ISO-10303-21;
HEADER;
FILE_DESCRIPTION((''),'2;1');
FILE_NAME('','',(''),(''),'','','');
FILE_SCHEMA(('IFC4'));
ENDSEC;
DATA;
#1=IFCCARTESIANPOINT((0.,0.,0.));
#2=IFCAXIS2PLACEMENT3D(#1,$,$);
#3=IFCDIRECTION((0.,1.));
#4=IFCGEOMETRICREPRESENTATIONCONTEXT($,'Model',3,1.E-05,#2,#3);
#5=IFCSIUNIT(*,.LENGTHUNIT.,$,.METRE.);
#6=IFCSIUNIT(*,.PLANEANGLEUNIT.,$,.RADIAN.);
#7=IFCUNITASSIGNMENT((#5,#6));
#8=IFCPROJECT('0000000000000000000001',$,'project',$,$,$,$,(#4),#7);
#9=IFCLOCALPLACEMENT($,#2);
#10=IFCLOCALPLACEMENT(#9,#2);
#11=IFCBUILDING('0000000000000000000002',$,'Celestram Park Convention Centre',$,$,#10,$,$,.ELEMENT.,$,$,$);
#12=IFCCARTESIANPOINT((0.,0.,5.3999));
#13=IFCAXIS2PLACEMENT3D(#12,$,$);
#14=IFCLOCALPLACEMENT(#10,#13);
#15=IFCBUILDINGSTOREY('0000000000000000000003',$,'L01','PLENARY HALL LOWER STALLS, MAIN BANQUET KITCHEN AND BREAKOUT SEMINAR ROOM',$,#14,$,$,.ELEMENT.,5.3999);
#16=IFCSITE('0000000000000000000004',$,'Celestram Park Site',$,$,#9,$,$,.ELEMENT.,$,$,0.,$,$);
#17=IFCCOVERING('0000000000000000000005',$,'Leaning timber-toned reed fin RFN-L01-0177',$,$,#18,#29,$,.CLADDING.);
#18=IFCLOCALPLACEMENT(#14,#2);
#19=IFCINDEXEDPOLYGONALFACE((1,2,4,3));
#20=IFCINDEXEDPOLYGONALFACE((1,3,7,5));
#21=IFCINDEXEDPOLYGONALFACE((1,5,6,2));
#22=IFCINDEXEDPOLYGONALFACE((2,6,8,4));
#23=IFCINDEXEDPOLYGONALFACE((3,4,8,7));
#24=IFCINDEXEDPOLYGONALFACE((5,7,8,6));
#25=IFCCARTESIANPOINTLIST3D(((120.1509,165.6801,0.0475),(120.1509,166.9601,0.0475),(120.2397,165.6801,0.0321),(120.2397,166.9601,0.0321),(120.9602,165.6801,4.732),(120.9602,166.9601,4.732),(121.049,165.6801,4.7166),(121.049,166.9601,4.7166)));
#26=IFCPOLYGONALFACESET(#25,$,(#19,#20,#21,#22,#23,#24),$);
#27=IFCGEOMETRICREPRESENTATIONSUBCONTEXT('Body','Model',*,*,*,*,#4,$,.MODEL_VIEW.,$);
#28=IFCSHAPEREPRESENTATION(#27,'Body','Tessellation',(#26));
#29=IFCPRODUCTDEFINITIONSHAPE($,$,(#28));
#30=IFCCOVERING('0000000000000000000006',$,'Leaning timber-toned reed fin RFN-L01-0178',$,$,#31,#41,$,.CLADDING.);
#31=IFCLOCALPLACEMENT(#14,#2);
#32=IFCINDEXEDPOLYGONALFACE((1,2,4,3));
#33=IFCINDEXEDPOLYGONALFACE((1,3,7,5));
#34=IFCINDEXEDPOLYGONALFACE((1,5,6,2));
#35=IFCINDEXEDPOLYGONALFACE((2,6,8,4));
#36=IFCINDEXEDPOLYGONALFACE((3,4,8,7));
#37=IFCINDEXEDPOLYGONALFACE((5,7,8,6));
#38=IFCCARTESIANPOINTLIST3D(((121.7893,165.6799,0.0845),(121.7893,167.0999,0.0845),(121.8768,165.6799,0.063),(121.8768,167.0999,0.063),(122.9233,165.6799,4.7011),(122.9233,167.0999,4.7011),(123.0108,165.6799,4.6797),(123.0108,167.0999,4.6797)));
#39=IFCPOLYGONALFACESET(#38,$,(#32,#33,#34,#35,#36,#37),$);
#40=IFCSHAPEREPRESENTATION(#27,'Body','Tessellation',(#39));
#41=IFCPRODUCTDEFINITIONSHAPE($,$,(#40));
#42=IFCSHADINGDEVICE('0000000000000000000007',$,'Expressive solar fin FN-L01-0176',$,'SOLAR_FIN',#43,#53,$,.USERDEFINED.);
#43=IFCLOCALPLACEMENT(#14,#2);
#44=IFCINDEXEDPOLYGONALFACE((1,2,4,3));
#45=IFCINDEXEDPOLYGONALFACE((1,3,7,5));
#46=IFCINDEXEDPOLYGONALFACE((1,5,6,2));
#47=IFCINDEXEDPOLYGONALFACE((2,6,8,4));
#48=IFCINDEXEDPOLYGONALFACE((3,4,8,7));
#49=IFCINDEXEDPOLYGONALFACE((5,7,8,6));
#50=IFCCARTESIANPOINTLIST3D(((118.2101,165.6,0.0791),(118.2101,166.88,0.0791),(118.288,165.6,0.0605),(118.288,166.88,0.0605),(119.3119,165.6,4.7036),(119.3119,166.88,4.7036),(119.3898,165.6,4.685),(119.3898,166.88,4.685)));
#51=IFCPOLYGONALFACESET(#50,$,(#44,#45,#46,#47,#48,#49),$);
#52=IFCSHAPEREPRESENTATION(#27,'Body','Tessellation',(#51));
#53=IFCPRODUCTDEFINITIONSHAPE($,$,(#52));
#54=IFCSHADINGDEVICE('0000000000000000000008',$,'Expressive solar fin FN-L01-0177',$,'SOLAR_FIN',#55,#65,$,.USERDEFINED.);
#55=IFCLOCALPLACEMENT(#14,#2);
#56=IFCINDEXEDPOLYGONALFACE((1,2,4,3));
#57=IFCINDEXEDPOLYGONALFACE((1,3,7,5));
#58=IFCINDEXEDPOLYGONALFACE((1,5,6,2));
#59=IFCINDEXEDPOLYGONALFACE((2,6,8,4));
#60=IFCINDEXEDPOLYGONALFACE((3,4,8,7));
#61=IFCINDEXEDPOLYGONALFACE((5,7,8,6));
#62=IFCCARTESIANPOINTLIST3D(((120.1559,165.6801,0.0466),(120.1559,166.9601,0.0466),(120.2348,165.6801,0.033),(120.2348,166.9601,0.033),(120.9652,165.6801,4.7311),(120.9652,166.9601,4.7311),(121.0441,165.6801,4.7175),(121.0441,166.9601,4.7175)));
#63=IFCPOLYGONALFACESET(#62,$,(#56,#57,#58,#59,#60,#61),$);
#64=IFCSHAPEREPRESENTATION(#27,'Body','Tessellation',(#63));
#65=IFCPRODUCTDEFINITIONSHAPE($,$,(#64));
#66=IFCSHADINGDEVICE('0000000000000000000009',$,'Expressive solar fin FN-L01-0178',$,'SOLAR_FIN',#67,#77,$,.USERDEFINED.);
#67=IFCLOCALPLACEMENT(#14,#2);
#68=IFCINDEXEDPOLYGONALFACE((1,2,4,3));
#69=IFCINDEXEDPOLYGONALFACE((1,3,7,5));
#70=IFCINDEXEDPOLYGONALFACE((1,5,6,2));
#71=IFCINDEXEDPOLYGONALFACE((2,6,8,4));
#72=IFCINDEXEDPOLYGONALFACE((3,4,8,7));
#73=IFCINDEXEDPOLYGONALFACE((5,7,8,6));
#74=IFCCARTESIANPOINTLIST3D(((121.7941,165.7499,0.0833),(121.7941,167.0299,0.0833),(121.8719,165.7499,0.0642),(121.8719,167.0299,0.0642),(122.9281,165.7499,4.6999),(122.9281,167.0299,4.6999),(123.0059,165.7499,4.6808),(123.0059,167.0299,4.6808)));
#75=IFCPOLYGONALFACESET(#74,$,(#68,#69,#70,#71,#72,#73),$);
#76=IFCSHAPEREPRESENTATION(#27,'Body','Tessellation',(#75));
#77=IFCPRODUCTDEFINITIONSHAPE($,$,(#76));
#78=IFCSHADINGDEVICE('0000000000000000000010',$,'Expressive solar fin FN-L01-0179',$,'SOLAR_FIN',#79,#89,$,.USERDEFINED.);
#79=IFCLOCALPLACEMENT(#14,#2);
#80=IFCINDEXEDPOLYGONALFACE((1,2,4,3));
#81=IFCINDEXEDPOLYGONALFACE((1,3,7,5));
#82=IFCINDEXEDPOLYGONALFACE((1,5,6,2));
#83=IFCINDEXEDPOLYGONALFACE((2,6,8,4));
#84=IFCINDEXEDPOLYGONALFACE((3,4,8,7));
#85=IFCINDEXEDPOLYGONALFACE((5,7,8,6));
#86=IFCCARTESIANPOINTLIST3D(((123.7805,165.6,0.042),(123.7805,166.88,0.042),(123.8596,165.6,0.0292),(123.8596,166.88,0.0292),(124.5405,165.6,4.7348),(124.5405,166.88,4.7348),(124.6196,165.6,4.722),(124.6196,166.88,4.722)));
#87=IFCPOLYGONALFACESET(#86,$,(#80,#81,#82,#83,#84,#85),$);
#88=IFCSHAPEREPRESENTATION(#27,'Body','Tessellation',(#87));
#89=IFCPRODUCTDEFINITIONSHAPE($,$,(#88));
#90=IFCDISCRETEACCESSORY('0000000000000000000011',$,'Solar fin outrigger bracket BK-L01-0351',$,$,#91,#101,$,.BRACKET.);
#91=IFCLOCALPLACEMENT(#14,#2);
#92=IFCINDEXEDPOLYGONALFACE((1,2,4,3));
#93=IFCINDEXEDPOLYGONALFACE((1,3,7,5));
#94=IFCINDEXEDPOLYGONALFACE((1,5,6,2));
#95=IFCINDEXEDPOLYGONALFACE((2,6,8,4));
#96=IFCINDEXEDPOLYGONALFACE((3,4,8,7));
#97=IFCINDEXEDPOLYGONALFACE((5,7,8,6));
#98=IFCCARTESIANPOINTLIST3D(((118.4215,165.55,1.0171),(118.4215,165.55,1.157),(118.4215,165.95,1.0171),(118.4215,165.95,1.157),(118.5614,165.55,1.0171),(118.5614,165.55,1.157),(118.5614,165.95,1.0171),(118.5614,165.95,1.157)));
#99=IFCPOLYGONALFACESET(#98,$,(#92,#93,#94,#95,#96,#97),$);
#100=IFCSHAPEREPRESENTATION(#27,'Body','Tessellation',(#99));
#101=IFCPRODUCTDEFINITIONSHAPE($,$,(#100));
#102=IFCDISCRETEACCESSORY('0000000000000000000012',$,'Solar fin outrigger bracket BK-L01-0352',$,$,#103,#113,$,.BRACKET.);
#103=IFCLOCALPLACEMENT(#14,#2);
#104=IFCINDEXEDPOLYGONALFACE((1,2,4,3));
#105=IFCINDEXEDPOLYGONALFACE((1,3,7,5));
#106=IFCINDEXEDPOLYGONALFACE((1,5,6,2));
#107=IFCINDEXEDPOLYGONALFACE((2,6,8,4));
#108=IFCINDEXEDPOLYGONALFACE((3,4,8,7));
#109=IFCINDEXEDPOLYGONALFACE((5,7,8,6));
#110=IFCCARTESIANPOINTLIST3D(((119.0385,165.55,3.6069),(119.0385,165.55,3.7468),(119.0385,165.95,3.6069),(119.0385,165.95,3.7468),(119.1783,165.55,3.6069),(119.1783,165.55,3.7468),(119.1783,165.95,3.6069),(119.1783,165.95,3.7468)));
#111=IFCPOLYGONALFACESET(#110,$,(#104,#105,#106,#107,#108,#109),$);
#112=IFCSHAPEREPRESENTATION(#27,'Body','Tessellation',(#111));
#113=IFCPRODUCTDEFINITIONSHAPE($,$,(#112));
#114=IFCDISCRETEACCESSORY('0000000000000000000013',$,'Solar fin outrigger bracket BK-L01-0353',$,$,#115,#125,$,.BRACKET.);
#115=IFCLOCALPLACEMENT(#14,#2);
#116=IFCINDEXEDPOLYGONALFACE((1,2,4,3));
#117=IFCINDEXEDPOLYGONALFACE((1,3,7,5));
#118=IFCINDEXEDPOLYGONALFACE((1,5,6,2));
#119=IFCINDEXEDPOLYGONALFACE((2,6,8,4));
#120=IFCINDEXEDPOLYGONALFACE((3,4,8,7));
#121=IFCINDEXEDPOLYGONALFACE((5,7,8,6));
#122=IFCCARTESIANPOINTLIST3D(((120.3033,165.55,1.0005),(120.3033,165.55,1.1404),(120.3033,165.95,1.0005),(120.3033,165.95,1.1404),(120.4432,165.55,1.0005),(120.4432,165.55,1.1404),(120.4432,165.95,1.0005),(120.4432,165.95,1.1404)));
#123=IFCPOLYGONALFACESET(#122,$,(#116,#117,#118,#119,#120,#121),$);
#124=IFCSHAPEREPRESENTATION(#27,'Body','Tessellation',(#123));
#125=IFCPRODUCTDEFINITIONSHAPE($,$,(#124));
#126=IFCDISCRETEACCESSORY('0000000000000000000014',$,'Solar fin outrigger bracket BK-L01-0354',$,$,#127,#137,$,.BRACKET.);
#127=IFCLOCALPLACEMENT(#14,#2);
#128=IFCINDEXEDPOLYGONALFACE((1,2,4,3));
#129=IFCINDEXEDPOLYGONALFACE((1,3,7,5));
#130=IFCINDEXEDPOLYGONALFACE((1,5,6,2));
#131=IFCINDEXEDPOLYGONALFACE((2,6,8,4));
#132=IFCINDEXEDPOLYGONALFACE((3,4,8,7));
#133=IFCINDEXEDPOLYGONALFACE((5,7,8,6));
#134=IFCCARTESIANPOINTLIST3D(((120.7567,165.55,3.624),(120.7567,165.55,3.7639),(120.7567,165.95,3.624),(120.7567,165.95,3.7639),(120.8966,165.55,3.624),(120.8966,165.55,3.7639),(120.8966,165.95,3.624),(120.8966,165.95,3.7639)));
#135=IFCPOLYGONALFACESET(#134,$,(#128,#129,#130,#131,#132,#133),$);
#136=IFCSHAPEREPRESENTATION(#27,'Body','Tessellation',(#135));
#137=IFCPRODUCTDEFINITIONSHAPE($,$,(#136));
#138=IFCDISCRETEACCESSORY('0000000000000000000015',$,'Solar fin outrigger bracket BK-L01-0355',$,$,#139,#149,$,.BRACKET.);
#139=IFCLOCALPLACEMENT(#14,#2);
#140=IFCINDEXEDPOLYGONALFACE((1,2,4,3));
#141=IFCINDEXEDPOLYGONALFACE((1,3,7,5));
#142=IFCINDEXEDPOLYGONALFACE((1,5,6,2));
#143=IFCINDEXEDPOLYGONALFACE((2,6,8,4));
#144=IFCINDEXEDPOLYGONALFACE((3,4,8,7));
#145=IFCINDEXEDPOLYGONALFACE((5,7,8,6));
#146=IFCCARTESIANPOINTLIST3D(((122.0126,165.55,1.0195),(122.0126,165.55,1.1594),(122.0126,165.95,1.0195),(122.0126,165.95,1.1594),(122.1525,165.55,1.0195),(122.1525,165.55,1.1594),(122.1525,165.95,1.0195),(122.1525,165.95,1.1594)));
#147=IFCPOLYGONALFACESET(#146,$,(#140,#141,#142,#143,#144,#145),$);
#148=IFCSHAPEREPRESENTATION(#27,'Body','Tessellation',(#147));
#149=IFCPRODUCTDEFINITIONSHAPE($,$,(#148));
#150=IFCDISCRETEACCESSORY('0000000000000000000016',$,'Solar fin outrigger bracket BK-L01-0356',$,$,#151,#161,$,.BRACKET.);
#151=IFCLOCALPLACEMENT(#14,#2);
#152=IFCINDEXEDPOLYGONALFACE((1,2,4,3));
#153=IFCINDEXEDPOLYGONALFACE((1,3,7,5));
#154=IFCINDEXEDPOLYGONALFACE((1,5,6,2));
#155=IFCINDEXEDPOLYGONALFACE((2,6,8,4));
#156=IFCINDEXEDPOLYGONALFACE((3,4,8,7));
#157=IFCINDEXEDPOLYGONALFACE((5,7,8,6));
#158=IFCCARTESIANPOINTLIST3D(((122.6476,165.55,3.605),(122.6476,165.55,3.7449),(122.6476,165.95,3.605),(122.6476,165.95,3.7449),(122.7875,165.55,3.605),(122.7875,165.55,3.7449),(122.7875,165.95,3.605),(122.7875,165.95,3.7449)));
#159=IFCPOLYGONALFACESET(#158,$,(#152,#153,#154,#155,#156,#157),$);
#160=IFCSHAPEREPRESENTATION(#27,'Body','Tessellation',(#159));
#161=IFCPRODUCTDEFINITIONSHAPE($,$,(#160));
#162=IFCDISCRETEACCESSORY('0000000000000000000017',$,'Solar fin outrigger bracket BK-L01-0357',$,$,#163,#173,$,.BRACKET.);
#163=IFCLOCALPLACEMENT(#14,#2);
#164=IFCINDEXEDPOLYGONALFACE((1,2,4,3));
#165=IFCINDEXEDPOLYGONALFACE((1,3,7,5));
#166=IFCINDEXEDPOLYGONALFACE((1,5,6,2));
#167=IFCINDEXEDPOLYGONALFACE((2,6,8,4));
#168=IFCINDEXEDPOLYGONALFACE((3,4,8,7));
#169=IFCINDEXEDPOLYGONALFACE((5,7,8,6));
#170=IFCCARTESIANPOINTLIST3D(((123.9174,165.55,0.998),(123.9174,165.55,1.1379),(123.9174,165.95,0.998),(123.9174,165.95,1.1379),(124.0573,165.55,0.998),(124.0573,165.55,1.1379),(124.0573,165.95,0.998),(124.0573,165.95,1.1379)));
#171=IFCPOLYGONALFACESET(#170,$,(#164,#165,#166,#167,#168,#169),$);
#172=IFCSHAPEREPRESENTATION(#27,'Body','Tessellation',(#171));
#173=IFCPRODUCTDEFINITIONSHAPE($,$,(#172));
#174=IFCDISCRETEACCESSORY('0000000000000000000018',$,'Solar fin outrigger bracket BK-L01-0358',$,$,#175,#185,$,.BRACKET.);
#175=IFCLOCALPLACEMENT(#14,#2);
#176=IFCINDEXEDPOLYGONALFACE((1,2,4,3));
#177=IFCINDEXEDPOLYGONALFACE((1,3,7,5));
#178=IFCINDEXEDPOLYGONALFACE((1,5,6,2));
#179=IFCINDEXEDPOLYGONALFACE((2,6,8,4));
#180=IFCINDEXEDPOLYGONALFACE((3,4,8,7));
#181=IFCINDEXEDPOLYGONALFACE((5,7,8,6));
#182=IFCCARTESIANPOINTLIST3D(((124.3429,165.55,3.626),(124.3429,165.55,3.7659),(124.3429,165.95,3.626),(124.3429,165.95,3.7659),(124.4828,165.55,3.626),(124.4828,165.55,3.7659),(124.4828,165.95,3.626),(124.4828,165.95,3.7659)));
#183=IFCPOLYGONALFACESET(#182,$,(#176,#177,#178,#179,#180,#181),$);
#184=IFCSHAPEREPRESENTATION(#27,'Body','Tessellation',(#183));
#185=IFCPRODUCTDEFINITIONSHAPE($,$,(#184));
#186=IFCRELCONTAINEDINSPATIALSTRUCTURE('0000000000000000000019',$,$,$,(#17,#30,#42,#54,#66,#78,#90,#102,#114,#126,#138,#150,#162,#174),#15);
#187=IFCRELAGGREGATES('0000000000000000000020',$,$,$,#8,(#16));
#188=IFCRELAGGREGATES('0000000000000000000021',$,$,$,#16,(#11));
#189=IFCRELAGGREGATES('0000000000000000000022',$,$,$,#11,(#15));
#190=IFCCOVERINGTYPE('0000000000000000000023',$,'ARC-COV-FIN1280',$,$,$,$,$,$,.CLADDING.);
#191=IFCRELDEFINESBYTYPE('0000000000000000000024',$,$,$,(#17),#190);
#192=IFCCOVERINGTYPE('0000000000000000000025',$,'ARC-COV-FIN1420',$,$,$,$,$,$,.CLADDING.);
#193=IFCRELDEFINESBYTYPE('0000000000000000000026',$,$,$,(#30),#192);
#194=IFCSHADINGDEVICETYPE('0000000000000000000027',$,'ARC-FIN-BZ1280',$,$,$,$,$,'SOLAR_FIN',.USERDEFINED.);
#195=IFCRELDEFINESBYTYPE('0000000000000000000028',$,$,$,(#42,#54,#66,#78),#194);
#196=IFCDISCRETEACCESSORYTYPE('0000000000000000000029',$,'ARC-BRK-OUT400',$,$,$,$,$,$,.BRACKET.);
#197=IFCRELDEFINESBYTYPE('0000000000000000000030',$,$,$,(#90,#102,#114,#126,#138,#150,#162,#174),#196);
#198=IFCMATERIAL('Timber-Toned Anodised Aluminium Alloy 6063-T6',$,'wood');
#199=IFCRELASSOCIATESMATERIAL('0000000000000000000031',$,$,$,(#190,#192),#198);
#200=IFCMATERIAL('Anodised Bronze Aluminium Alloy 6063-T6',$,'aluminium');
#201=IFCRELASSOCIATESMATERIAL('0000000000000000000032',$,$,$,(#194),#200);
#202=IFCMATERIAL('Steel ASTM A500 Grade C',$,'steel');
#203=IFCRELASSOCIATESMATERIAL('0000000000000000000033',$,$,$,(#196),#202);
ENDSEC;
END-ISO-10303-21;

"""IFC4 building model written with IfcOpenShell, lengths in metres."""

from ifc_helpers import new_model, si_unit, direction, frame, origin, origin_2d, place, context, subcontext, project, spatial, rectangle, extrude, material, material_profile, profile_set, type_object, element, save


model = new_model("IFC4")

# Units and contexts
model_context = context("Model", 3, precision=1e-05, world=origin(), true_north=direction((0.0, 1.0)))
body_context = subcontext(model_context, "Body", "Model", "MODEL_VIEW")
ifc_project = project(units=[si_unit("LENGTHUNIT", "METRE"), si_unit("PLANEANGLEUNIT", "RADIAN")], contexts=[model_context])

# Site, building, storey
site_placement = place(None, origin())
site = spatial("IfcSite", under=ifc_project, at=site_placement, Name="Celestram Park Site", CompositionType="ELEMENT", RefElevation=0.0)
building_placement = place(site_placement, origin())
building = spatial("IfcBuilding", under=site, at=building_placement, Name="Celestram Park Convention Centre", CompositionType="ELEMENT")
storey_placement = place(building_placement, frame((0.0, 0.0, 5.3999)))
storey = spatial("IfcBuildingStorey", under=building, at=storey_placement, Name="L01", Description="PLENARY HALL LOWER STALLS, MAIN BANQUET KITCHEN AND BREAKOUT SEMINAR ROOM", CompositionType="ELEMENT", Elevation=5.3999)

# Coverings
ifc_material_1 = material(Name="Timber-Toned Anodised Aluminium Alloy 6063-T6", Category="wood")
ifc_material_profile_1 = material_profile(ifc_material_1, rectangle(XDim=1.28, YDim=0.0901, at=origin_2d()), Name="REED1280X90")
ifc_profile_set_1 = profile_set([ifc_material_profile_1], Name="Timber-Toned Anodised Aluminium Alloy 6063-T6")
covering_type_1 = type_object("IfcCoveringType", Name="ARC-COV-FIN1280", PredefinedType="CLADDING", material=ifc_profile_set_1)
covering_1_placement = place(storey_placement, frame((120.1953, 166.3201, 0.0398), z_axis=(0.170242, 0.0, 0.985402), x_axis=(0.0, 1.0, 0.0)))
element("IfcCovering", 1, at=covering_1_placement, inside=storey, type_object=covering_type_1, Name="Leaning timber-toned reed fin RFN-L01-0177", PredefinedType="CLADDING", context=body_context, shape_type="SweptSolid", body=[
    extrude(rectangle(XDim=1.28, YDim=0.0901, at=origin_2d()), origin(), (0.0, 0.0, 1.0), 4.7539),
])
ifc_material_profile_2 = material_profile(ifc_material_1, rectangle(XDim=1.4199, YDim=0.0901, at=origin_2d()), Name="REED1420X90")
ifc_profile_set_2 = profile_set([ifc_material_profile_2], Name="Timber-Toned Anodised Aluminium Alloy 6063-T6")
covering_type_2 = type_object("IfcCoveringType", Name="ARC-COV-FIN1420", PredefinedType="CLADDING", material=ifc_profile_set_2)
covering_2_placement = place(storey_placement, frame((121.833, 166.3899, 0.0737), z_axis=(0.238546, 0.0, 0.971131), x_axis=(0.0, 1.0, 0.0)))
element("IfcCovering", 2, at=covering_2_placement, inside=storey, type_object=covering_type_2, Name="Leaning timber-toned reed fin RFN-L01-0178", PredefinedType="CLADDING", context=body_context, shape_type="SweptSolid", body=[
    extrude(rectangle(XDim=1.4199, YDim=0.0901, at=origin_2d()), origin(), (0.0, 0.0, 1.0), 4.7539),
])

# Shading devices
ifc_material_2 = material(Name="Anodised Bronze Aluminium Alloy 6063-T6", Category="aluminium")
ifc_material_profile_3 = material_profile(ifc_material_2, rectangle(XDim=1.28, YDim=0.0801, at=origin_2d()), Name="FIN1280X80")
ifc_profile_set_3 = profile_set([ifc_material_profile_3], Name="Anodised Bronze Aluminium Alloy 6063-T6")
shading_device_type = type_object("IfcShadingDeviceType", Name="ARC-FIN-BZ1280", ElementType="SOLAR_FIN", PredefinedType="USERDEFINED", material=ifc_profile_set_3)
for number, where, z_axis, x_axis, name in (
    (3, (118.249, 166.24, 0.0698), (0.231766, 0.0, 0.972771), (0.0, 1.0, 0.0), "Expressive solar fin FN-L01-0176"),
    (4, (120.1953, 166.3201, 0.0398), (0.170242, 0.0, 0.985402), (0.0, 1.0, 0.0), "Expressive solar fin FN-L01-0177"),
    (5, (121.833, 166.3899, 0.0737), (0.238546, 0.0, 0.971131), (0.0, 1.0, 0.0), "Expressive solar fin FN-L01-0178"),
    (6, (123.8201, 166.24, 0.0356), (0.159867, 0.0, 0.987139), (0.0, 1.0, 0.0), "Expressive solar fin FN-L01-0179"),
):
    element("IfcShadingDevice", number, at=place(storey_placement, frame(where, z_axis=z_axis, x_axis=x_axis)), inside=storey, type_object=shading_device_type, Name=name, ObjectType="SOLAR_FIN", PredefinedType="USERDEFINED", context=body_context, shape_type="SweptSolid", body=[
        extrude(rectangle(XDim=1.28, YDim=0.0801, at=origin_2d()), origin(), (0.0, 0.0, 1.0), 4.7539),
    ])

# Discrete accessories
ifc_material_3 = material(Name="Steel ASTM A500 Grade C", Category="steel")
discrete_accessory_type = type_object("IfcDiscreteAccessoryType", Name="ARC-BRK-OUT400", PredefinedType="BRACKET", material=ifc_material_3)
for number, where, z_axis, x_axis, name in (
    (7, (118.4915, 165.75, 1.0171), (0.0, 0.0, 1.0), (0.0, 1.0, 0.0), "Solar fin outrigger bracket BK-L01-0351"),
    (8, (119.1084, 165.75, 3.6069), (0.0, 0.0, 1.0), (0.0, 1.0, 0.0), "Solar fin outrigger bracket BK-L01-0352"),
    (9, (120.3733, 165.75, 1.0005), (0.0, 0.0, 1.0), (0.0, 1.0, 0.0), "Solar fin outrigger bracket BK-L01-0353"),
    (10, (120.8267, 165.75, 3.624), (0.0, 0.0, 1.0), (0.0, 1.0, 0.0), "Solar fin outrigger bracket BK-L01-0354"),
    (11, (122.0825, 165.75, 1.0195), (0.0, 0.0, 1.0), (0.0, 1.0, 0.0), "Solar fin outrigger bracket BK-L01-0355"),
    (12, (122.7175, 165.75, 3.605), (0.0, 0.0, 1.0), (0.0, 1.0, 0.0), "Solar fin outrigger bracket BK-L01-0356"),
    (13, (123.9873, 165.75, 0.998), (0.0, 0.0, 1.0), (0.0, 1.0, 0.0), "Solar fin outrigger bracket BK-L01-0357"),
    (14, (124.4128, 165.75, 3.626), (0.0, 0.0, 1.0), (0.0, 1.0, 0.0), "Solar fin outrigger bracket BK-L01-0358"),
):
    element("IfcDiscreteAccessory", number, at=place(storey_placement, frame(where, z_axis=z_axis, x_axis=x_axis)), inside=storey, type_object=discrete_accessory_type, Name=name, PredefinedType="BRACKET", context=body_context, shape_type="SweptSolid", body=[
        extrude(rectangle(XDim=0.3999, YDim=0.1399, at=origin_2d()), origin(), (0.0, 0.0, 1.0), 0.1399),
    ])

save(model, "model.ifc")
